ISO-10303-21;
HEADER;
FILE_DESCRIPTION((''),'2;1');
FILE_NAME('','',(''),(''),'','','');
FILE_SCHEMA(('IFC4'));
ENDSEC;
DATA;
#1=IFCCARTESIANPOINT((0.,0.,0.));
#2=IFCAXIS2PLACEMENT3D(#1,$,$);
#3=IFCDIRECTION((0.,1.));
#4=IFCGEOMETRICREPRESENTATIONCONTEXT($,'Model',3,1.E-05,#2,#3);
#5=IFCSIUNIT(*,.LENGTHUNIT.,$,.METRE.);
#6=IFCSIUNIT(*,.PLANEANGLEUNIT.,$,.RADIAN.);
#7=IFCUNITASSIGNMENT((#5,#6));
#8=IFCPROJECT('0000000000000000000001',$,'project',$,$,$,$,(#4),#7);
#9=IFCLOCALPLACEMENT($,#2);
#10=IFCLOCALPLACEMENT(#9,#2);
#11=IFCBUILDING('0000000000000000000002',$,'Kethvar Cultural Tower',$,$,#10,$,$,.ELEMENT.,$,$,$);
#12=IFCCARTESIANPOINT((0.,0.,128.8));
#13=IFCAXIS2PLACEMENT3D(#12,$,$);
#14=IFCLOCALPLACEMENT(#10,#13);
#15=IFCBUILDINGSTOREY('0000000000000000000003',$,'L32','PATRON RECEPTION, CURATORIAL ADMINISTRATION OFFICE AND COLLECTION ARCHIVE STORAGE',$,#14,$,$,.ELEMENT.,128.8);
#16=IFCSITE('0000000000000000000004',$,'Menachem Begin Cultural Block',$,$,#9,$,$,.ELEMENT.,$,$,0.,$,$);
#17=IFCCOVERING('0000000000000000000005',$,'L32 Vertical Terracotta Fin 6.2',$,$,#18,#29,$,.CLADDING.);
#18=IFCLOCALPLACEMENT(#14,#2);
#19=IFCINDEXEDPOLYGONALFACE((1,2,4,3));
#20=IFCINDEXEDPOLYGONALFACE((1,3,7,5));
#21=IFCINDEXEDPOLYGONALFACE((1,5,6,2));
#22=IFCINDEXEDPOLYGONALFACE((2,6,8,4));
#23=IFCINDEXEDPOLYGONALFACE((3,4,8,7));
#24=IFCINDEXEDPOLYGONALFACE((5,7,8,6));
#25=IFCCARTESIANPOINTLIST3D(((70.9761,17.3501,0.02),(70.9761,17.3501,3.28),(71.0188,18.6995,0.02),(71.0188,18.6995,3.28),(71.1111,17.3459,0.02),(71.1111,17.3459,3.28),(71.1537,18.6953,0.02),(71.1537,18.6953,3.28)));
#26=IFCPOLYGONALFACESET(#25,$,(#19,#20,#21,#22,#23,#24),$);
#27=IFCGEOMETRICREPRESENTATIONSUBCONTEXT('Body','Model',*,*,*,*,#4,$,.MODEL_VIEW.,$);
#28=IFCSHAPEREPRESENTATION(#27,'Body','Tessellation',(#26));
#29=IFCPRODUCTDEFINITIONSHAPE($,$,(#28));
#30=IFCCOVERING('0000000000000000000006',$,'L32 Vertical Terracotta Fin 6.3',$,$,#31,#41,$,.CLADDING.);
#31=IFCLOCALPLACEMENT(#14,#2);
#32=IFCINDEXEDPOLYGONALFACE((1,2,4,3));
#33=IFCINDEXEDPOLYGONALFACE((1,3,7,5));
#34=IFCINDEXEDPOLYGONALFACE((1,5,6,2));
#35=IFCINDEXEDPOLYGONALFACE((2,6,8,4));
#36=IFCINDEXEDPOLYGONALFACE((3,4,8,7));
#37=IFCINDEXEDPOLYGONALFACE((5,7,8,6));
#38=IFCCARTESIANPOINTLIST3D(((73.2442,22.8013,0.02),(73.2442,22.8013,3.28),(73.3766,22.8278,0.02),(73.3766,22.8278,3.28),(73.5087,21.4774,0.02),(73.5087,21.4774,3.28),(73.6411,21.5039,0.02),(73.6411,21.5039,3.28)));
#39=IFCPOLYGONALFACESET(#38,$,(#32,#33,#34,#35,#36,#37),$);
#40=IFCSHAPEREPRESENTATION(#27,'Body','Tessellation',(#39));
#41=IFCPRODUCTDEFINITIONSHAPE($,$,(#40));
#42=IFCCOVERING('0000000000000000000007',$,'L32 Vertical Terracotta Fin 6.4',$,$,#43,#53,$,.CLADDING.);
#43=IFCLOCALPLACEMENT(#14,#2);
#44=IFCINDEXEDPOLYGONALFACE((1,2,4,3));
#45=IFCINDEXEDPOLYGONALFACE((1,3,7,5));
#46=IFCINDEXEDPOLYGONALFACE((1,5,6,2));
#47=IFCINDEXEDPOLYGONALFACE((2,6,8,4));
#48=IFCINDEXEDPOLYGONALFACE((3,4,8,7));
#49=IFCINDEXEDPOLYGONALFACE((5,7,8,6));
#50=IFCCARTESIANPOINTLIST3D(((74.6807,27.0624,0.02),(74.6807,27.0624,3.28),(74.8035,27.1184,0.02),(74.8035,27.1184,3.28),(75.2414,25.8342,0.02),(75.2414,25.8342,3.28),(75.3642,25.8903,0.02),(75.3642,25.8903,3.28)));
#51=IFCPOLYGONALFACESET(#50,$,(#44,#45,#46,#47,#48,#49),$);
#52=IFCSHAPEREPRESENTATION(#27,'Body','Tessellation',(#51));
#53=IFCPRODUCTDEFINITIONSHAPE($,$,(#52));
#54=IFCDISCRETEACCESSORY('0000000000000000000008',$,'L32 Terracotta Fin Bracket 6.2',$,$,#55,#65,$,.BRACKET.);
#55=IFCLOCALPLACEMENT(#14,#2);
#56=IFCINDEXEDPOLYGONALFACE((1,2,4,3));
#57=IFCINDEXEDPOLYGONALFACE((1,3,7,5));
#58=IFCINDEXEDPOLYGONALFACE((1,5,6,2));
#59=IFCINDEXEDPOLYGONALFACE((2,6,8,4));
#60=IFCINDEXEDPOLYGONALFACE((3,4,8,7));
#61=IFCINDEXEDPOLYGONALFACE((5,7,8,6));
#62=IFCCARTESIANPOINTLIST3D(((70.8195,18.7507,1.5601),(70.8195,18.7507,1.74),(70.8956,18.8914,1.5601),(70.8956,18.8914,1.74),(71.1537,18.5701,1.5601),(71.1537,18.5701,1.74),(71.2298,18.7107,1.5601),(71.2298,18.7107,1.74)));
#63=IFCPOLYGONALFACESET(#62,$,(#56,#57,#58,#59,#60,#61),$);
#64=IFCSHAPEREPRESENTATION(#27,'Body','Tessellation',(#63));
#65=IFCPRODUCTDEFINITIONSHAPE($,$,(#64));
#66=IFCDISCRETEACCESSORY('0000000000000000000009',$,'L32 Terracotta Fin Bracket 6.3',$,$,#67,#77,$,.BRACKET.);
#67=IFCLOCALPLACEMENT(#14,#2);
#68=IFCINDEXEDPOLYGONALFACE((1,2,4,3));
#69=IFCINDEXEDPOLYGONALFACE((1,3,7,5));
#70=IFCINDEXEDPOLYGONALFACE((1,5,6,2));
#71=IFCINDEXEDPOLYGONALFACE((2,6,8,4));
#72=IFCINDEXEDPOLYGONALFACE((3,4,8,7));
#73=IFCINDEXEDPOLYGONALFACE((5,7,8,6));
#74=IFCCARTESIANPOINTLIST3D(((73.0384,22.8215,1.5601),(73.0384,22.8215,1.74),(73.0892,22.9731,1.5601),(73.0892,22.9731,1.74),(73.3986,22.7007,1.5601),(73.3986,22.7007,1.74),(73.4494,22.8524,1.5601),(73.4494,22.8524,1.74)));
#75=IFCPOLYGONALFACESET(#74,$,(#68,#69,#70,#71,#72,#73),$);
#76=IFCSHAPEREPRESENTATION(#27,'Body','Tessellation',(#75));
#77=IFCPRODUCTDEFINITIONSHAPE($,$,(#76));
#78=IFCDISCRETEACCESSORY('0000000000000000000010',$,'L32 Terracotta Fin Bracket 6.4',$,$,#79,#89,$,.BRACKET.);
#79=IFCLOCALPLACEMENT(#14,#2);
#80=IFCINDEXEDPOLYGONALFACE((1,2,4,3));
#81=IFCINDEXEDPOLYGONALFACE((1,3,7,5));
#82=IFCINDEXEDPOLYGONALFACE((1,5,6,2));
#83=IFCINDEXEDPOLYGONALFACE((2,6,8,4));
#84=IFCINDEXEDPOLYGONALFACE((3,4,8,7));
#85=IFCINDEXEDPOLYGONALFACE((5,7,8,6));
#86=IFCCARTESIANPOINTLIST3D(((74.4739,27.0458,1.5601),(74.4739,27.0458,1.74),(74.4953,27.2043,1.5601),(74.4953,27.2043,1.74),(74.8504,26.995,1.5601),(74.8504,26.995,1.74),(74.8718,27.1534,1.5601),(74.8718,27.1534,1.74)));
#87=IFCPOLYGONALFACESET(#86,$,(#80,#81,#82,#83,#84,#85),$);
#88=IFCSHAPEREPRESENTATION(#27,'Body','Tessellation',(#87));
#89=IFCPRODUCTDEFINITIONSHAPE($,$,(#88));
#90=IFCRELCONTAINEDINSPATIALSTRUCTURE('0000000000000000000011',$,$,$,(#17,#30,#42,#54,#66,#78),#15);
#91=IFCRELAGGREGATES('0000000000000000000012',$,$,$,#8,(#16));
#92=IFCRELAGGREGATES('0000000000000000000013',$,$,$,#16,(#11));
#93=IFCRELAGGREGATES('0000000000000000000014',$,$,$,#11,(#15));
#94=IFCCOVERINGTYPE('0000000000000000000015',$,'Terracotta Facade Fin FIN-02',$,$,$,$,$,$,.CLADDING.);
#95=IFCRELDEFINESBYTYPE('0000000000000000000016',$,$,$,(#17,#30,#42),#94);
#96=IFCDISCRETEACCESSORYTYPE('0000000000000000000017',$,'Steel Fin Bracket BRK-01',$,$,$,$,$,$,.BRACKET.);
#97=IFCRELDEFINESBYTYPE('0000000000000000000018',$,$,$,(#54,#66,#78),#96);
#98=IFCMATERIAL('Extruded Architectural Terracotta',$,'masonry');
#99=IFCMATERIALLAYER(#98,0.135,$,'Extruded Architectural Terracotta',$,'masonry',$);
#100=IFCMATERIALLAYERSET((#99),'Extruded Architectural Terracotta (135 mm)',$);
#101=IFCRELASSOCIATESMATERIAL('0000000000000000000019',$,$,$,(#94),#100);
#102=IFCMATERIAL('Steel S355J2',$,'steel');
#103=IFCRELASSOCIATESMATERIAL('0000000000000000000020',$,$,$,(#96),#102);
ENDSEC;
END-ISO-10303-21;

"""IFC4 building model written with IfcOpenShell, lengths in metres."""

from ifc_helpers import new_model, si_unit, direction, frame, origin, origin_2d, place, context, subcontext, project, spatial, rectangle, extrude, source, transform, mapped, material, layer, layer_set, type_object, element, save


model = new_model("IFC4")

# Units and contexts
model_context = context("Model", 3, precision=1e-05, world=origin(), true_north=direction((0.0, 1.0)))
body_context = subcontext(model_context, "Body", "Model", "MODEL_VIEW")
ifc_project = project(units=[si_unit("LENGTHUNIT", "METRE"), si_unit("PLANEANGLEUNIT", "RADIAN")], contexts=[model_context])

# Site, building, storey
site_placement = place(None, origin())
site = spatial("IfcSite", under=ifc_project, at=site_placement, Name="Menachem Begin Cultural Block", CompositionType="ELEMENT", RefElevation=0.0)
building_placement = place(site_placement, origin())
building = spatial("IfcBuilding", under=site, at=building_placement, Name="Kethvar Cultural Tower", CompositionType="ELEMENT")
storey_placement = place(building_placement, frame((0.0, 0.0, 128.8)))
storey = spatial("IfcBuildingStorey", under=building, at=storey_placement, Name="L32", Description="PATRON RECEPTION, CURATORIAL ADMINISTRATION OFFICE AND COLLECTION ARCHIVE STORAGE", CompositionType="ELEMENT", Elevation=128.8)

# Shared definitions
ifc_material_1 = material(Name="Steel S355J2", Category="steel")

# Coverings
ifc_material_2 = material(Name="Extruded Architectural Terracotta", Category="masonry")
ifc_layer_1 = layer(ifc_material_2, 0.135, Name="Extruded Architectural Terracotta", Category="masonry")
ifc_layer_set_1 = layer_set([ifc_layer_1], Name="Extruded Architectural Terracotta (135 mm)")
covering_type = type_object("IfcCoveringType", Name="Terracotta Facade Fin FIN-02", PredefinedType="CLADDING", material=ifc_layer_set_1)
shared_shape_1 = source(origin(), body_context, "Body", "SweptSolid", [
    extrude(rectangle(XDim=1.3501, YDim=0.135, at=origin_2d()), origin(), (0.0, 0.0, 1.0), 3.26),
])
for number, where, z_axis, x_axis, name in (
    (1, (71.0649, 18.0227, 0.02), (0.0, 0.0, 1.0), (-0.031585, -0.999501, 0.0), "L32 Vertical Terracotta Fin 6.2"),
    (2, (73.4426, 22.1526, 0.02), (0.0, 0.0, 1.0), (0.195946, -0.980615, 0.0), "L32 Vertical Terracotta Fin 6.3"),
    (3, (75.0225, 26.4763, 0.02), (0.0, 0.0, 1.0), (0.415328, -0.909672, 0.0), "L32 Vertical Terracotta Fin 6.4"),
):
    element("IfcCovering", number, at=place(storey_placement, frame(where, z_axis=z_axis, x_axis=x_axis)), inside=storey, type_object=covering_type, Name=name, PredefinedType="CLADDING", context=body_context, shape_type="MappedRepresentation", body=[
        mapped(shared_shape_1, transform((0.0, 0.0, 0.0), scale=1.0)),
    ])

# Discrete accessories
discrete_accessory_type = type_object("IfcDiscreteAccessoryType", Name="Steel Fin Bracket BRK-01", PredefinedType="BRACKET", material=ifc_material_1)
shared_shape_2 = source(origin(), body_context, "Body", "SweptSolid", [
    extrude(rectangle(XDim=0.3799, YDim=0.1599, at=origin_2d()), origin(), (0.0, 0.0, 1.0), 0.1799),
])
for number, where, z_axis, x_axis, name in (
    (4, (71.0247, 18.7307, 1.5601), (0.0, 0.0, 1.0), (0.879732, -0.475471, 0.0), "L32 Terracotta Fin Bracket 6.2"),
    (5, (73.2439, 22.8369, 1.5601), (0.0, 0.0, 1.0), (0.948157, -0.317801, 0.0), "L32 Terracotta Fin Bracket 6.3"),
    (6, (74.6729, 27.0996, 1.5601), (0.0, 0.0, 1.0), (0.991007, -0.133813, 0.0), "L32 Terracotta Fin Bracket 6.4"),
):
    element("IfcDiscreteAccessory", number, at=place(storey_placement, frame(where, z_axis=z_axis, x_axis=x_axis)), inside=storey, type_object=discrete_accessory_type, Name=name, PredefinedType="BRACKET", context=body_context, shape_type="MappedRepresentation", body=[
        mapped(shared_shape_2, transform((0.0, 0.0, 0.0), scale=1.0)),
    ])

save(model, "model.ifc")
